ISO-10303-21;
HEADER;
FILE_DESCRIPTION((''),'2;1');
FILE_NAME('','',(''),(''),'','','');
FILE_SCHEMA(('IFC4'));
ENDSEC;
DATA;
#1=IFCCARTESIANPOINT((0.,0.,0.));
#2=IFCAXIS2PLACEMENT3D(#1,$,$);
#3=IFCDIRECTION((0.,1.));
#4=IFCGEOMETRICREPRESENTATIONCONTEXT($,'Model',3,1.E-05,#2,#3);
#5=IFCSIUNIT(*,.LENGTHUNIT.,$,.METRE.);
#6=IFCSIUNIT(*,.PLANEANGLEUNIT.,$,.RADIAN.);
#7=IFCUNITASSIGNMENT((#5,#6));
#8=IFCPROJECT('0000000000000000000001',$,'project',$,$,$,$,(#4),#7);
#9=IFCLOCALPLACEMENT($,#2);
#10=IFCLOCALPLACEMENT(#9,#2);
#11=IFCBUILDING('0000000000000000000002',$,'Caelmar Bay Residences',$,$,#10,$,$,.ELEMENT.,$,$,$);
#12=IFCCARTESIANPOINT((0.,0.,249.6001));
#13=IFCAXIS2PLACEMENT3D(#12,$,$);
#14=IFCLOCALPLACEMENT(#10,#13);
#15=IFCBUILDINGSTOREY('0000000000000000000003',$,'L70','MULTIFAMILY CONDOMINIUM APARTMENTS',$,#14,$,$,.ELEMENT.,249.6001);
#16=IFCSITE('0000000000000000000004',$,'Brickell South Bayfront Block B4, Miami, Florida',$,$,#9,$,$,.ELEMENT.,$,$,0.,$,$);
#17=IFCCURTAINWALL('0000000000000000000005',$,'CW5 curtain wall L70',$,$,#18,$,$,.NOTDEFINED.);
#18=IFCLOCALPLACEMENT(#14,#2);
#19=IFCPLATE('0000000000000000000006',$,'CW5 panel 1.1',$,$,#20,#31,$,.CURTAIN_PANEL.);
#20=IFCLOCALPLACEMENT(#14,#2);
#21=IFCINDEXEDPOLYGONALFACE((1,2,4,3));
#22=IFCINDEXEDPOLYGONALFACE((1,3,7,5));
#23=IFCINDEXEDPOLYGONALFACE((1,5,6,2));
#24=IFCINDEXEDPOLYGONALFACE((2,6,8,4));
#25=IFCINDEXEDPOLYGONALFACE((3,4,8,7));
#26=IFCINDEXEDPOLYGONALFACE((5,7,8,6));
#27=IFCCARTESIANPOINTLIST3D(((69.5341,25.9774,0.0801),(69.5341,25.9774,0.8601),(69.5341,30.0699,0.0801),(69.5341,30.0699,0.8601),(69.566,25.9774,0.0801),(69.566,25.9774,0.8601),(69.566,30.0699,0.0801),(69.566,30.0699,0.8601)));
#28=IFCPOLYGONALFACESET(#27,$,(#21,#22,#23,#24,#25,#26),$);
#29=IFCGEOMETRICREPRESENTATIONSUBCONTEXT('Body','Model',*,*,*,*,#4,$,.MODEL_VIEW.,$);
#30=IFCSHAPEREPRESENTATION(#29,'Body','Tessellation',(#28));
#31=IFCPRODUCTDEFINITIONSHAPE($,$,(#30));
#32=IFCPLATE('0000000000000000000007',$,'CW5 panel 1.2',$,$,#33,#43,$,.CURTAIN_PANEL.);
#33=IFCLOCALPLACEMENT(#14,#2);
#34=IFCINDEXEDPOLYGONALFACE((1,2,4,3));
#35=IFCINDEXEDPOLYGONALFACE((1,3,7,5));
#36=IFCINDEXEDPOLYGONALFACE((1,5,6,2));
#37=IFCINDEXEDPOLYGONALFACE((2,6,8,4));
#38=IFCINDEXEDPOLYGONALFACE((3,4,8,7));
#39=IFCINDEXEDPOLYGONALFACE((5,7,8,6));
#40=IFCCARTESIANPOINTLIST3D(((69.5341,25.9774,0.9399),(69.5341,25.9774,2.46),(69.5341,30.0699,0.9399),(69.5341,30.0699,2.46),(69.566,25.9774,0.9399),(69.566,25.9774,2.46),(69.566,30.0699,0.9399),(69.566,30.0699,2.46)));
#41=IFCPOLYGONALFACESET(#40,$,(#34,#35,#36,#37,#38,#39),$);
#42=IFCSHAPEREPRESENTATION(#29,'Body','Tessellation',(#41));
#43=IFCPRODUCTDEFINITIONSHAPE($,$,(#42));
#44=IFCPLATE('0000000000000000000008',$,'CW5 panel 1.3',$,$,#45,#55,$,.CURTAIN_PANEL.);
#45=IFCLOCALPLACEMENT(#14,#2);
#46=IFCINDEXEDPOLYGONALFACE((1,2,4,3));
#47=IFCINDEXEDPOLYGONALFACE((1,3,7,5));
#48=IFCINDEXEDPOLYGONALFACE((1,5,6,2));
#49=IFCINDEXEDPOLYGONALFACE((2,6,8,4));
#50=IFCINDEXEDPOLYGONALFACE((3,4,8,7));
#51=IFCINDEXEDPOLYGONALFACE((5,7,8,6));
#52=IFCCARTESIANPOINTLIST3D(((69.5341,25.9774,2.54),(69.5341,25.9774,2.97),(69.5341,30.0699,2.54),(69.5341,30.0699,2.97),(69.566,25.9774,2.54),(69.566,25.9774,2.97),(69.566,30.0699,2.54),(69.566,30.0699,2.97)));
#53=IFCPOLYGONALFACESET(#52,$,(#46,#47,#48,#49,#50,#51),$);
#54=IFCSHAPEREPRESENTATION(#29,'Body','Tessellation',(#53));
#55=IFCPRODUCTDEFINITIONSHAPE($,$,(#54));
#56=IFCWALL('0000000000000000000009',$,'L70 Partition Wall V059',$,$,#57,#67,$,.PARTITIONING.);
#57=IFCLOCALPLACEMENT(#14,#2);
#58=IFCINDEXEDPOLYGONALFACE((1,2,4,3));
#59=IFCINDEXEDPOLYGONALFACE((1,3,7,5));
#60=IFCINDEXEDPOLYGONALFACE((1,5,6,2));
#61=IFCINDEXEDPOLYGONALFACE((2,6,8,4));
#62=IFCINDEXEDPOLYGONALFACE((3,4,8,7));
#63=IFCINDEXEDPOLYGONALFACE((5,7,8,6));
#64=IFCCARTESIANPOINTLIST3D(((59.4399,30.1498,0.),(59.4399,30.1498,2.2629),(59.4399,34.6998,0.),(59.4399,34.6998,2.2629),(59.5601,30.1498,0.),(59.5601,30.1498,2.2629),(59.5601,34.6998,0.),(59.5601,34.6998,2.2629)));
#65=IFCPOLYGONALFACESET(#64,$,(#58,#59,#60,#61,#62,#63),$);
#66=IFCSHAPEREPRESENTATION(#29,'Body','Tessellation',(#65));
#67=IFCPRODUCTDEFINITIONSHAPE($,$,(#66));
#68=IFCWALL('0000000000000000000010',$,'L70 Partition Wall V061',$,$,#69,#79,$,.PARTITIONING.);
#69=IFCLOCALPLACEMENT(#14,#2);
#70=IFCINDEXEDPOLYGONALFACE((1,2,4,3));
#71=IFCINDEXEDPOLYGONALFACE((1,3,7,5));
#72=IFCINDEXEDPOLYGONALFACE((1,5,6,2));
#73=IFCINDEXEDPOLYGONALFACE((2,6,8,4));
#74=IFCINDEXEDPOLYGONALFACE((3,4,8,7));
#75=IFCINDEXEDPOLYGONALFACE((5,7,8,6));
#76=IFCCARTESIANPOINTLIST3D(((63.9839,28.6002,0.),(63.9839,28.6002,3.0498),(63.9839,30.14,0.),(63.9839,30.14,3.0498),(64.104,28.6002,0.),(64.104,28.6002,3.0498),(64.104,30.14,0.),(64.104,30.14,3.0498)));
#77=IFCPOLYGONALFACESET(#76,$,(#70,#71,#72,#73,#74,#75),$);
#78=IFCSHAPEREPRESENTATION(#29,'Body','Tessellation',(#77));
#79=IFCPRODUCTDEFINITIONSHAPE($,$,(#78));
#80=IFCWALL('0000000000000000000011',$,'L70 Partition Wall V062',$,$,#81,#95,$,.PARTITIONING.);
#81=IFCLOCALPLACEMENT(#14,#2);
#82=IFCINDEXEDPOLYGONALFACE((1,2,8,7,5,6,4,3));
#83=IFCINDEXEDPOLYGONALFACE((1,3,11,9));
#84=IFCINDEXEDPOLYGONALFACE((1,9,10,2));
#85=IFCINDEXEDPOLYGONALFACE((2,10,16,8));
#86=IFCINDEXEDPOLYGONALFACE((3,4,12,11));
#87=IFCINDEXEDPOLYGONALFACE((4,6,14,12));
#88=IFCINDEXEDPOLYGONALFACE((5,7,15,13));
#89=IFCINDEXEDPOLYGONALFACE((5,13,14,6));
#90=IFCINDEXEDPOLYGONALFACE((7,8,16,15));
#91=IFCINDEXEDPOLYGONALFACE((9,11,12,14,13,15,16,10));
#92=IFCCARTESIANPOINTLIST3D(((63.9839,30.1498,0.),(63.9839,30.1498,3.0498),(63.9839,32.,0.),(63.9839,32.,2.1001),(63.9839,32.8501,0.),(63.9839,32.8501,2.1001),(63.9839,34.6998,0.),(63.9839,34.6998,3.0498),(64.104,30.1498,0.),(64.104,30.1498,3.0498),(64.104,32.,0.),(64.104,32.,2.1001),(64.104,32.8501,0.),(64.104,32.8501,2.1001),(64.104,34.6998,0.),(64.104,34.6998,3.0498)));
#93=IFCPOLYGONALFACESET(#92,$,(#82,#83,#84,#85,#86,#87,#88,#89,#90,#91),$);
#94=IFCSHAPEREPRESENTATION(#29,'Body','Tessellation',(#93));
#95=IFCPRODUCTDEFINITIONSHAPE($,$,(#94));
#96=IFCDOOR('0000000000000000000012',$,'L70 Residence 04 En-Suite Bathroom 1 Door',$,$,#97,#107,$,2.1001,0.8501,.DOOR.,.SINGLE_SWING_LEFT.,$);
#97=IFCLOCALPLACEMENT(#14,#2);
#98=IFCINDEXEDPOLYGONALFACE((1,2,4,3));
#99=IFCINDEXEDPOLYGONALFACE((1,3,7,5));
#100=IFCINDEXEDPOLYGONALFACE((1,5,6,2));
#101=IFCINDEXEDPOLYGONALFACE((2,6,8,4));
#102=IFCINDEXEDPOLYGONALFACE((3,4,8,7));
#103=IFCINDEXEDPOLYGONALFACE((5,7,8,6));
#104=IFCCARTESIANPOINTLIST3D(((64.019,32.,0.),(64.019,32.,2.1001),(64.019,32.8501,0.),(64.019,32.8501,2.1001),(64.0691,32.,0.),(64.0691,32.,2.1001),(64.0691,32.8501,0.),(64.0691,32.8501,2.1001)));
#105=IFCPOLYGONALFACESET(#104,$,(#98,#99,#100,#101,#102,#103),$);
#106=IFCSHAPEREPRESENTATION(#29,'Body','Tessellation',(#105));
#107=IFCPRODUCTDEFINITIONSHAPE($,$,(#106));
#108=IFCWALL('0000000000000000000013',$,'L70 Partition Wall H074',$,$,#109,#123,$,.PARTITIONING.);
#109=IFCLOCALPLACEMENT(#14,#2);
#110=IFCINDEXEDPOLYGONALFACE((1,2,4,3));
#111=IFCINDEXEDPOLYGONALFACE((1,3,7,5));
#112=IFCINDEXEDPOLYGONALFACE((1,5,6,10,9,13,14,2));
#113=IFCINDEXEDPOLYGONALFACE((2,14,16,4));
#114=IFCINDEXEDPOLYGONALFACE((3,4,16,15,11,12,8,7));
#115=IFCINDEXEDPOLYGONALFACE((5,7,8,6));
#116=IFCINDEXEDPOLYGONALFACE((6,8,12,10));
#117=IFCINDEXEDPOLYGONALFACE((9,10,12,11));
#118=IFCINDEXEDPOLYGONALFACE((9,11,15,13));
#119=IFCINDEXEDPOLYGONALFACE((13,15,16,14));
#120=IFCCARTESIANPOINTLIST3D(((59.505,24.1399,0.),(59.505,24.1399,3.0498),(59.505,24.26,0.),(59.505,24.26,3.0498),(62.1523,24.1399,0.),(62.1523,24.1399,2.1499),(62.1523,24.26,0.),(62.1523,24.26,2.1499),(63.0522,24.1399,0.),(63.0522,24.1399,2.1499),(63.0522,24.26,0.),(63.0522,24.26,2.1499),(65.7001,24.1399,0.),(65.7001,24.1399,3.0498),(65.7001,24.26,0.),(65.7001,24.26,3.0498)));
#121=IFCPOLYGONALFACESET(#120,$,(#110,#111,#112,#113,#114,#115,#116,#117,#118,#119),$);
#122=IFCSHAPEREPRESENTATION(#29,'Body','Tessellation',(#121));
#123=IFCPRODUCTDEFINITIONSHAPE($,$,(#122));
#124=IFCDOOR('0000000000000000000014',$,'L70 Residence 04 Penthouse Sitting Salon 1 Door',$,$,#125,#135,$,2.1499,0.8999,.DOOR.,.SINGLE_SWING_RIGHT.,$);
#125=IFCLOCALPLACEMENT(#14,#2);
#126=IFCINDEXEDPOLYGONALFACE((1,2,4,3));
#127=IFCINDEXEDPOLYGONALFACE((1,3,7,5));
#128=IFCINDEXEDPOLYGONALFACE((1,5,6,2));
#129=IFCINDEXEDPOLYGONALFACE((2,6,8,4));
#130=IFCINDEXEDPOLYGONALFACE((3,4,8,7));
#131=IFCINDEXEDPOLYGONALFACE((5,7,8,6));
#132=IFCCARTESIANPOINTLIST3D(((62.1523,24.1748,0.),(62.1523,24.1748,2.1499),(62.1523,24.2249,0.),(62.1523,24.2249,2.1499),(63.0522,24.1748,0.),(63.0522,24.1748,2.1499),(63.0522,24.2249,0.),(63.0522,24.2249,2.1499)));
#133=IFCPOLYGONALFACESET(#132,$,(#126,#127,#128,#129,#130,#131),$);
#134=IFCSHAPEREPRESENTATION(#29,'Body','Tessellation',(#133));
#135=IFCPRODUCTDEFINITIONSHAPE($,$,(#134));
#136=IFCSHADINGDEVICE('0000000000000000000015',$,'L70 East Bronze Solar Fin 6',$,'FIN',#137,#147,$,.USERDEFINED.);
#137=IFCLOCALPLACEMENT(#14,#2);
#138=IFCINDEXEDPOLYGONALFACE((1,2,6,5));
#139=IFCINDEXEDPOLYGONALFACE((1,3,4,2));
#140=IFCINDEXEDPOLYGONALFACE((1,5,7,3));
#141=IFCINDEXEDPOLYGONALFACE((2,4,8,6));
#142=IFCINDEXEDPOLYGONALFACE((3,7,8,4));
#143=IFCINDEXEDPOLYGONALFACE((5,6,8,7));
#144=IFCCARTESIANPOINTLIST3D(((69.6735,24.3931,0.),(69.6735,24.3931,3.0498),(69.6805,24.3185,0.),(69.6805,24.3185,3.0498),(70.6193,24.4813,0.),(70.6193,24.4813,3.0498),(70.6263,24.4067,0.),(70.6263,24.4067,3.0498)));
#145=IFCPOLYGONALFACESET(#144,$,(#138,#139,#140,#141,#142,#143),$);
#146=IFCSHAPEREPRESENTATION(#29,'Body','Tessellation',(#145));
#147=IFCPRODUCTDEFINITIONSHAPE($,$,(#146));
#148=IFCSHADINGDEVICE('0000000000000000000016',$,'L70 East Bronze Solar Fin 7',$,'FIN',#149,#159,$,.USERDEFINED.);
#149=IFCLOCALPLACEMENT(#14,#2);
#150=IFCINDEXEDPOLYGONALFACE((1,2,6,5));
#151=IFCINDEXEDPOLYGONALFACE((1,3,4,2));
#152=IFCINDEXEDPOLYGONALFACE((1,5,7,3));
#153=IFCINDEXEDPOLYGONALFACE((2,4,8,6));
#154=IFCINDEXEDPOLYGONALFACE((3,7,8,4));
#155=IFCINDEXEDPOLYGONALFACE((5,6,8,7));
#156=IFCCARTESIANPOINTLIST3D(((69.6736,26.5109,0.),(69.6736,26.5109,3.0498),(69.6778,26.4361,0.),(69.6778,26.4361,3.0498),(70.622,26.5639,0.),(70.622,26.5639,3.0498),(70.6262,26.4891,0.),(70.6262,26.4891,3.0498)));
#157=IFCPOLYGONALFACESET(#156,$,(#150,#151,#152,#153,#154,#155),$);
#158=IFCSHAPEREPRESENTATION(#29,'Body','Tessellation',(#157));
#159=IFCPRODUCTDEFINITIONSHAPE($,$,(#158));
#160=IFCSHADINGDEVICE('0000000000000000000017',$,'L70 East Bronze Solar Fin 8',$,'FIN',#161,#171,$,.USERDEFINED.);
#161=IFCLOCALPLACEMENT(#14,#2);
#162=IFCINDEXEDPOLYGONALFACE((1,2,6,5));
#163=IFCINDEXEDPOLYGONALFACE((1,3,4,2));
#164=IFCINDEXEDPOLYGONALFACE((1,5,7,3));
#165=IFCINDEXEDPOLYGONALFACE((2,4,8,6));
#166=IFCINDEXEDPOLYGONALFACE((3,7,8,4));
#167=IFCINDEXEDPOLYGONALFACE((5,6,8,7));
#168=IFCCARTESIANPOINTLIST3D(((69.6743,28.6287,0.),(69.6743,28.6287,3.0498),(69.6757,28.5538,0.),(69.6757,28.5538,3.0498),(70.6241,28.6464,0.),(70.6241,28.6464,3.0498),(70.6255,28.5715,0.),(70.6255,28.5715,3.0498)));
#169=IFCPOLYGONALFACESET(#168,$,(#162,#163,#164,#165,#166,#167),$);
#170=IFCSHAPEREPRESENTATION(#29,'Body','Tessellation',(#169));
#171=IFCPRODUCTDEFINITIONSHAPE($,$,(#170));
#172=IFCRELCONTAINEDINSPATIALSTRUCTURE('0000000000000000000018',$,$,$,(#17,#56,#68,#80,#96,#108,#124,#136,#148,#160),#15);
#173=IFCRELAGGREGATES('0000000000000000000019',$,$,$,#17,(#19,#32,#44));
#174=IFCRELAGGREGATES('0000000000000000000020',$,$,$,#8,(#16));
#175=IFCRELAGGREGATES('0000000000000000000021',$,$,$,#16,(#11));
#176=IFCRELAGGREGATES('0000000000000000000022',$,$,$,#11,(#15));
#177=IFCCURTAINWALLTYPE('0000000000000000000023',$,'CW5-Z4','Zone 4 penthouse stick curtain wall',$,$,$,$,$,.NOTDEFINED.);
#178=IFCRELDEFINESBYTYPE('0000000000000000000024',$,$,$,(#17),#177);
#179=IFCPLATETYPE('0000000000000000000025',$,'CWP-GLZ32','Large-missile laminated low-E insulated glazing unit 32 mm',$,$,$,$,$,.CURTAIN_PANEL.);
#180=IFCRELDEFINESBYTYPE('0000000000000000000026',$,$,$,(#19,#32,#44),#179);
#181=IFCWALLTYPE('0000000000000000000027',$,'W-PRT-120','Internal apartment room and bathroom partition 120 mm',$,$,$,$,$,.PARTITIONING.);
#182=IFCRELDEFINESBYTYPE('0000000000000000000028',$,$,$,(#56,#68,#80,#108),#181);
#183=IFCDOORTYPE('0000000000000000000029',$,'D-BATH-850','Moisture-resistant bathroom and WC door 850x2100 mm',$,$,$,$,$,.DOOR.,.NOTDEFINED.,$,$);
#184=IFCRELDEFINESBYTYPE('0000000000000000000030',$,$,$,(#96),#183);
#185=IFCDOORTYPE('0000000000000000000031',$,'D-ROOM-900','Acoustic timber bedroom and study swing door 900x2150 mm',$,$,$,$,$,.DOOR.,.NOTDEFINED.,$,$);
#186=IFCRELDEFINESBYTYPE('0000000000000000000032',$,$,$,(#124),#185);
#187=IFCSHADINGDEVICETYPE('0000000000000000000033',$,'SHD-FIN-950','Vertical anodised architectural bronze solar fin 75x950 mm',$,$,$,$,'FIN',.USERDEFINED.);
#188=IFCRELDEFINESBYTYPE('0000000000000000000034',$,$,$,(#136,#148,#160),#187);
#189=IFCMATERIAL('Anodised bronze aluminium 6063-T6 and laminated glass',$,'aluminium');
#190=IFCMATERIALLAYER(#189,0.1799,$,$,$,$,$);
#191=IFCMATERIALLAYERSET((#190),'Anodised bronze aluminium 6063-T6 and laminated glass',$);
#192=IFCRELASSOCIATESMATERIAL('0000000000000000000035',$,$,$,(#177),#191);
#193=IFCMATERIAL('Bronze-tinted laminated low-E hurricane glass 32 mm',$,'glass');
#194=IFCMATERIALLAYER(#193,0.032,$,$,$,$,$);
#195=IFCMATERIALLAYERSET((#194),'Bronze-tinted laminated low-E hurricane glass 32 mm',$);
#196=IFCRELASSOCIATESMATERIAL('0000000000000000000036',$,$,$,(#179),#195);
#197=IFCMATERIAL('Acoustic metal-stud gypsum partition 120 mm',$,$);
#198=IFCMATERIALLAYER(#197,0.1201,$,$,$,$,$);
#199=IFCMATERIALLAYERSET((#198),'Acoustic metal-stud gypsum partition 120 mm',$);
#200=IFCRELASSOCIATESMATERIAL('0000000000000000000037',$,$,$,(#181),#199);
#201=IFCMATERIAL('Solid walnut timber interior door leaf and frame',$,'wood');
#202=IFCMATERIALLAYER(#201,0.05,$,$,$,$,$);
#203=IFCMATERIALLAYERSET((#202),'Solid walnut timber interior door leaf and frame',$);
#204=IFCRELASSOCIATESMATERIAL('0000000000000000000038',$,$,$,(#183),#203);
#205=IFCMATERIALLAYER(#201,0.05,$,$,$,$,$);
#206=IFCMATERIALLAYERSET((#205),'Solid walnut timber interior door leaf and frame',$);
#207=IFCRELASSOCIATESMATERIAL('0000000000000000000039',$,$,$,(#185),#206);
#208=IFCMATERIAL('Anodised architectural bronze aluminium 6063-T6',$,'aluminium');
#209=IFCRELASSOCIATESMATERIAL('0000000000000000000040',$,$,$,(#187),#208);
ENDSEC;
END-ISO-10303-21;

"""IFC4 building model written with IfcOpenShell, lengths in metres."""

from ifc_helpers import new_model, si_unit, direction, frame, frame_2d, origin, origin_2d, place, context, subcontext, project, spatial, rectangle, extrude, material, layer, layer_set, material_profile, profile_set, type_object, element, fill, aggregate, save


model = new_model("IFC4")

# Units and contexts
model_context = context("Model", 3, precision=1e-05, world=origin(), true_north=direction((0.0, 1.0)))
body_context = subcontext(model_context, "Body", "Model", "MODEL_VIEW")
ifc_project = project(units=[si_unit("LENGTHUNIT", "METRE"), si_unit("PLANEANGLEUNIT", "RADIAN")], contexts=[model_context])

# Site, building, storey
site_placement = place(None, origin())
site = spatial("IfcSite", under=ifc_project, at=site_placement, Name="Brickell South Bayfront Block B4, Miami, Florida", CompositionType="ELEMENT", RefElevation=0.0)
building_placement = place(site_placement, origin())
building = spatial("IfcBuilding", under=site, at=building_placement, Name="Caelmar Bay Residences", CompositionType="ELEMENT")
storey_placement = place(building_placement, frame((0.0, 0.0, 249.6001)))
storey = spatial("IfcBuildingStorey", under=building, at=storey_placement, Name="L70", Description="MULTIFAMILY CONDOMINIUM APARTMENTS", CompositionType="ELEMENT", Elevation=249.6001)

# Curtain wall, plates
ifc_material_1 = material(Name="Anodised bronze aluminium 6063-T6 and laminated glass", Category="aluminium")
ifc_layer_1 = layer(ifc_material_1, 0.1799)
ifc_layer_set_1 = layer_set([ifc_layer_1], Name="Anodised bronze aluminium 6063-T6 and laminated glass")
curtain_wall_type = type_object("IfcCurtainWallType", Name="CW5-Z4", Description="Zone 4 penthouse stick curtain wall", PredefinedType="NOTDEFINED", material=ifc_layer_set_1)
curtain_wall_placement = place(storey_placement, origin())
curtain_wall = element("IfcCurtainWall", 1, at=curtain_wall_placement, inside=storey, type_object=curtain_wall_type, Name="CW5 curtain wall L70", PredefinedType="NOTDEFINED")
ifc_material_2 = material(Name="Bronze-tinted laminated low-E hurricane glass 32 mm", Category="glass")
ifc_layer_2 = layer(ifc_material_2, 0.032)
ifc_layer_set_2 = layer_set([ifc_layer_2], Name="Bronze-tinted laminated low-E hurricane glass 32 mm")
plate_type = type_object("IfcPlateType", Name="CWP-GLZ32", Description="Large-missile laminated low-E insulated glazing unit 32 mm", PredefinedType="CURTAIN_PANEL", material=ifc_layer_set_2)
plate_1_placement = place(storey_placement, frame((69.55, 28.0237, 0.0801), z_axis=(0.0, 0.0, 1.0), x_axis=(0.0, -1.0, 0.0)))
plate_1 = element("IfcPlate", 2, at=plate_1_placement, type_object=plate_type, Name="CW5 panel 1.1", PredefinedType="CURTAIN_PANEL", context=body_context, shape_type="SweptSolid", body=[
    extrude(rectangle(XDim=4.0925, YDim=0.032, at=origin_2d()), origin(), (0.0, 0.0, 1.0), 0.78),
])
plate_2_placement = place(storey_placement, frame((69.55, 28.0237, 0.9399), z_axis=(0.0, 0.0, 1.0), x_axis=(0.0, -1.0, 0.0)))
plate_2 = element("IfcPlate", 3, at=plate_2_placement, type_object=plate_type, Name="CW5 panel 1.2", PredefinedType="CURTAIN_PANEL", context=body_context, shape_type="SweptSolid", body=[
    extrude(rectangle(XDim=4.0925, YDim=0.032, at=origin_2d()), origin(), (0.0, 0.0, 1.0), 1.52),
])
plate_3_placement = place(storey_placement, frame((69.55, 28.0237, 2.54), z_axis=(0.0, 0.0, 1.0), x_axis=(0.0, -1.0, 0.0)))
plate_3 = element("IfcPlate", 4, at=plate_3_placement, type_object=plate_type, Name="CW5 panel 1.3", PredefinedType="CURTAIN_PANEL", context=body_context, shape_type="SweptSolid", body=[
    extrude(rectangle(XDim=4.0925, YDim=0.032, at=origin_2d()), origin(), (0.0, 0.0, 1.0), 0.4299),
])
aggregate(curtain_wall, [plate_1, plate_2, plate_3])

# Walls
ifc_material_3 = material(Name="Acoustic metal-stud gypsum partition 120 mm")
ifc_layer_3 = layer(ifc_material_3, 0.1201)
ifc_layer_set_3 = layer_set([ifc_layer_3], Name="Acoustic metal-stud gypsum partition 120 mm")
wall_type = type_object("IfcWallType", Name="W-PRT-120", Description="Internal apartment room and bathroom partition 120 mm", PredefinedType="PARTITIONING", material=ifc_layer_set_3)
wall_1_placement = place(storey_placement, frame((59.5, 30.1499, 0.0), z_axis=(0.0, 0.0, 1.0), x_axis=(0.0, 1.0, 0.0)))
element("IfcWall", 5, at=wall_1_placement, inside=storey, type_object=wall_type, Name="L70 Partition Wall V059", PredefinedType="PARTITIONING", context=body_context, shape_type="SweptSolid", body=[
    extrude(rectangle(XDim=4.55, YDim=0.1201, at=frame_2d((2.2749, 0.0))), origin(), (0.0, 0.0, 1.0), 2.2629),
])
wall_2_placement = place(storey_placement, frame((64.0439, 28.6001, 0.0), z_axis=(0.0, 0.0, 1.0), x_axis=(0.0, 1.0, 0.0)))
element("IfcWall", 6, at=wall_2_placement, inside=storey, type_object=wall_type, Name="L70 Partition Wall V061", PredefinedType="PARTITIONING", context=body_context, shape_type="SweptSolid", body=[
    extrude(rectangle(XDim=1.5398, YDim=0.1201, at=frame_2d((0.77, 0.0))), origin(), (0.0, 0.0, 1.0), 3.0498),
])

# Walls, openings, doors
wall_3_placement = place(storey_placement, frame((64.0439, 30.1499, 0.0), z_axis=(0.0, 0.0, 1.0), x_axis=(0.0, 1.0, 0.0)))
wall_3 = element("IfcWall", 7, at=wall_3_placement, inside=storey, type_object=wall_type, Name="L70 Partition Wall V062", PredefinedType="PARTITIONING", context=body_context, shape_type="SweptSolid", body=[
    extrude(rectangle(XDim=4.55, YDim=0.1201, at=frame_2d((2.2749, 0.0))), origin(), (0.0, 0.0, 1.0), 3.0498),
])
opening_1_placement = place(wall_3_placement, frame((1.8501, 0.0, 0.0)))
opening_1 = element("IfcOpeningElement", 8, at=opening_1_placement, cuts=wall_3, PredefinedType="OPENING", context=body_context, shape_type="SweptSolid", body=[
    extrude(rectangle(XDim=0.8501, YDim=2.1001, at=frame_2d((0.425, 1.05))), frame((0.0, 0.0701, 0.0), z_axis=(0.0, -1.0, 0.0), x_axis=(1.0, 0.0, 0.0)), (0.0, 0.0, 1.0), 0.1401),
])
ifc_material_4 = material(Name="Solid walnut timber interior door leaf and frame", Category="wood")
ifc_layer_4 = layer(ifc_material_4, 0.05)
ifc_layer_set_4 = layer_set([ifc_layer_4], Name="Solid walnut timber interior door leaf and frame")
door_type_1 = type_object("IfcDoorType", Name="D-BATH-850", Description="Moisture-resistant bathroom and WC door 850x2100 mm", OperationType="NOTDEFINED", PredefinedType="DOOR", material=ifc_layer_set_4)
door_1_placement = place(opening_1_placement, origin())
door_1 = element("IfcDoor", 9, at=door_1_placement, inside=storey, type_object=door_type_1, Name="L70 Residence 04 En-Suite Bathroom 1 Door", OperationType="SINGLE_SWING_LEFT", OverallHeight=2.1001, OverallWidth=0.8501, PredefinedType="DOOR", context=body_context, shape_type="SweptSolid", body=[
    extrude(rectangle(XDim=0.8501, YDim=2.1001, at=frame_2d((0.425, 1.05))), frame((0.0, 0.0249, 0.0), z_axis=(0.0, -1.0, 0.0), x_axis=(1.0, 0.0, 0.0)), (0.0, 0.0, 1.0), 0.05),
])
fill(opening_1, door_1)
wall_4_placement = place(storey_placement, frame((59.5049, 24.2, 0.0), z_axis=(0.0, 0.0, 1.0), x_axis=(1.0, 0.0, 0.0)))
wall_4 = element("IfcWall", 10, at=wall_4_placement, inside=storey, type_object=wall_type, Name="L70 Partition Wall H074", PredefinedType="PARTITIONING", context=body_context, shape_type="SweptSolid", body=[
    extrude(rectangle(XDim=6.1951, YDim=0.1201, at=frame_2d((3.0977, 0.0))), origin(), (0.0, 0.0, 1.0), 3.0498),
])
opening_2_placement = place(wall_4_placement, frame((2.6475, 0.0, 0.0)))
opening_2 = element("IfcOpeningElement", 11, at=opening_2_placement, cuts=wall_4, PredefinedType="OPENING", context=body_context, shape_type="SweptSolid", body=[
    extrude(rectangle(XDim=0.8999, YDim=2.1499, at=frame_2d((0.45, 1.075))), frame((0.0, 0.0701, 0.0), z_axis=(0.0, -1.0, 0.0), x_axis=(1.0, 0.0, 0.0)), (0.0, 0.0, 1.0), 0.1401),
])
ifc_layer_5 = layer(ifc_material_4, 0.05)
ifc_layer_set_5 = layer_set([ifc_layer_5], Name="Solid walnut timber interior door leaf and frame")
door_type_2 = type_object("IfcDoorType", Name="D-ROOM-900", Description="Acoustic timber bedroom and study swing door 900x2150 mm", OperationType="NOTDEFINED", PredefinedType="DOOR", material=ifc_layer_set_5)
door_2_placement = place(opening_2_placement, origin())
door_2 = element("IfcDoor", 12, at=door_2_placement, inside=storey, type_object=door_type_2, Name="L70 Residence 04 Penthouse Sitting Salon 1 Door", OperationType="SINGLE_SWING_RIGHT", OverallHeight=2.1499, OverallWidth=0.8999, PredefinedType="DOOR", context=body_context, shape_type="SweptSolid", body=[
    extrude(rectangle(XDim=0.8999, YDim=2.1499, at=frame_2d((0.45, 1.075))), frame((0.0, 0.0249, 0.0), z_axis=(0.0, -1.0, 0.0), x_axis=(1.0, 0.0, 0.0)), (0.0, 0.0, 1.0), 0.05),
])
fill(opening_2, door_2)

# Shading devices
ifc_material_5 = material(Name="Anodised architectural bronze aluminium 6063-T6", Category="aluminium")
ifc_material_profile_1 = material_profile(ifc_material_5, rectangle(XDim=0.075, YDim=0.95, at=origin_2d()), Name="BRONZE-FIN-75X950")
ifc_profile_set_1 = profile_set([ifc_material_profile_1], Name="Anodised architectural bronze aluminium 6063-T6")
shading_device_type = type_object("IfcShadingDeviceType", Name="SHD-FIN-950", Description="Vertical anodised architectural bronze solar fin 75x950 mm", ElementType="FIN", PredefinedType="USERDEFINED", material=ifc_profile_set_1)
for number, where, z_axis, x_axis, name in (
    (13, (70.1499, 24.3999, 0.0), (0.0, 0.0, 1.0), (-0.092892, 0.995676, 0.0), "L70 East Bronze Solar Fin 6"),
    (14, (70.1499, 26.5, 0.0), (0.0, 0.0, 1.0), (-0.055822, 0.998441, 0.0), "L70 East Bronze Solar Fin 7"),
    (15, (70.1499, 28.6001, 0.0), (0.0, 0.0, 1.0), (-0.018674, 0.999826, 0.0), "L70 East Bronze Solar Fin 8"),
):
    element("IfcShadingDevice", number, at=place(storey_placement, frame(where, z_axis=z_axis, x_axis=x_axis)), inside=storey, type_object=shading_device_type, Name=name, ObjectType="FIN", PredefinedType="USERDEFINED", context=body_context, shape_type="SweptSolid", body=[
        extrude(rectangle(XDim=0.075, YDim=0.95, at=origin_2d()), origin(), (0.0, 0.0, 1.0), 3.0498),
    ])

save(model, "model.ifc")
